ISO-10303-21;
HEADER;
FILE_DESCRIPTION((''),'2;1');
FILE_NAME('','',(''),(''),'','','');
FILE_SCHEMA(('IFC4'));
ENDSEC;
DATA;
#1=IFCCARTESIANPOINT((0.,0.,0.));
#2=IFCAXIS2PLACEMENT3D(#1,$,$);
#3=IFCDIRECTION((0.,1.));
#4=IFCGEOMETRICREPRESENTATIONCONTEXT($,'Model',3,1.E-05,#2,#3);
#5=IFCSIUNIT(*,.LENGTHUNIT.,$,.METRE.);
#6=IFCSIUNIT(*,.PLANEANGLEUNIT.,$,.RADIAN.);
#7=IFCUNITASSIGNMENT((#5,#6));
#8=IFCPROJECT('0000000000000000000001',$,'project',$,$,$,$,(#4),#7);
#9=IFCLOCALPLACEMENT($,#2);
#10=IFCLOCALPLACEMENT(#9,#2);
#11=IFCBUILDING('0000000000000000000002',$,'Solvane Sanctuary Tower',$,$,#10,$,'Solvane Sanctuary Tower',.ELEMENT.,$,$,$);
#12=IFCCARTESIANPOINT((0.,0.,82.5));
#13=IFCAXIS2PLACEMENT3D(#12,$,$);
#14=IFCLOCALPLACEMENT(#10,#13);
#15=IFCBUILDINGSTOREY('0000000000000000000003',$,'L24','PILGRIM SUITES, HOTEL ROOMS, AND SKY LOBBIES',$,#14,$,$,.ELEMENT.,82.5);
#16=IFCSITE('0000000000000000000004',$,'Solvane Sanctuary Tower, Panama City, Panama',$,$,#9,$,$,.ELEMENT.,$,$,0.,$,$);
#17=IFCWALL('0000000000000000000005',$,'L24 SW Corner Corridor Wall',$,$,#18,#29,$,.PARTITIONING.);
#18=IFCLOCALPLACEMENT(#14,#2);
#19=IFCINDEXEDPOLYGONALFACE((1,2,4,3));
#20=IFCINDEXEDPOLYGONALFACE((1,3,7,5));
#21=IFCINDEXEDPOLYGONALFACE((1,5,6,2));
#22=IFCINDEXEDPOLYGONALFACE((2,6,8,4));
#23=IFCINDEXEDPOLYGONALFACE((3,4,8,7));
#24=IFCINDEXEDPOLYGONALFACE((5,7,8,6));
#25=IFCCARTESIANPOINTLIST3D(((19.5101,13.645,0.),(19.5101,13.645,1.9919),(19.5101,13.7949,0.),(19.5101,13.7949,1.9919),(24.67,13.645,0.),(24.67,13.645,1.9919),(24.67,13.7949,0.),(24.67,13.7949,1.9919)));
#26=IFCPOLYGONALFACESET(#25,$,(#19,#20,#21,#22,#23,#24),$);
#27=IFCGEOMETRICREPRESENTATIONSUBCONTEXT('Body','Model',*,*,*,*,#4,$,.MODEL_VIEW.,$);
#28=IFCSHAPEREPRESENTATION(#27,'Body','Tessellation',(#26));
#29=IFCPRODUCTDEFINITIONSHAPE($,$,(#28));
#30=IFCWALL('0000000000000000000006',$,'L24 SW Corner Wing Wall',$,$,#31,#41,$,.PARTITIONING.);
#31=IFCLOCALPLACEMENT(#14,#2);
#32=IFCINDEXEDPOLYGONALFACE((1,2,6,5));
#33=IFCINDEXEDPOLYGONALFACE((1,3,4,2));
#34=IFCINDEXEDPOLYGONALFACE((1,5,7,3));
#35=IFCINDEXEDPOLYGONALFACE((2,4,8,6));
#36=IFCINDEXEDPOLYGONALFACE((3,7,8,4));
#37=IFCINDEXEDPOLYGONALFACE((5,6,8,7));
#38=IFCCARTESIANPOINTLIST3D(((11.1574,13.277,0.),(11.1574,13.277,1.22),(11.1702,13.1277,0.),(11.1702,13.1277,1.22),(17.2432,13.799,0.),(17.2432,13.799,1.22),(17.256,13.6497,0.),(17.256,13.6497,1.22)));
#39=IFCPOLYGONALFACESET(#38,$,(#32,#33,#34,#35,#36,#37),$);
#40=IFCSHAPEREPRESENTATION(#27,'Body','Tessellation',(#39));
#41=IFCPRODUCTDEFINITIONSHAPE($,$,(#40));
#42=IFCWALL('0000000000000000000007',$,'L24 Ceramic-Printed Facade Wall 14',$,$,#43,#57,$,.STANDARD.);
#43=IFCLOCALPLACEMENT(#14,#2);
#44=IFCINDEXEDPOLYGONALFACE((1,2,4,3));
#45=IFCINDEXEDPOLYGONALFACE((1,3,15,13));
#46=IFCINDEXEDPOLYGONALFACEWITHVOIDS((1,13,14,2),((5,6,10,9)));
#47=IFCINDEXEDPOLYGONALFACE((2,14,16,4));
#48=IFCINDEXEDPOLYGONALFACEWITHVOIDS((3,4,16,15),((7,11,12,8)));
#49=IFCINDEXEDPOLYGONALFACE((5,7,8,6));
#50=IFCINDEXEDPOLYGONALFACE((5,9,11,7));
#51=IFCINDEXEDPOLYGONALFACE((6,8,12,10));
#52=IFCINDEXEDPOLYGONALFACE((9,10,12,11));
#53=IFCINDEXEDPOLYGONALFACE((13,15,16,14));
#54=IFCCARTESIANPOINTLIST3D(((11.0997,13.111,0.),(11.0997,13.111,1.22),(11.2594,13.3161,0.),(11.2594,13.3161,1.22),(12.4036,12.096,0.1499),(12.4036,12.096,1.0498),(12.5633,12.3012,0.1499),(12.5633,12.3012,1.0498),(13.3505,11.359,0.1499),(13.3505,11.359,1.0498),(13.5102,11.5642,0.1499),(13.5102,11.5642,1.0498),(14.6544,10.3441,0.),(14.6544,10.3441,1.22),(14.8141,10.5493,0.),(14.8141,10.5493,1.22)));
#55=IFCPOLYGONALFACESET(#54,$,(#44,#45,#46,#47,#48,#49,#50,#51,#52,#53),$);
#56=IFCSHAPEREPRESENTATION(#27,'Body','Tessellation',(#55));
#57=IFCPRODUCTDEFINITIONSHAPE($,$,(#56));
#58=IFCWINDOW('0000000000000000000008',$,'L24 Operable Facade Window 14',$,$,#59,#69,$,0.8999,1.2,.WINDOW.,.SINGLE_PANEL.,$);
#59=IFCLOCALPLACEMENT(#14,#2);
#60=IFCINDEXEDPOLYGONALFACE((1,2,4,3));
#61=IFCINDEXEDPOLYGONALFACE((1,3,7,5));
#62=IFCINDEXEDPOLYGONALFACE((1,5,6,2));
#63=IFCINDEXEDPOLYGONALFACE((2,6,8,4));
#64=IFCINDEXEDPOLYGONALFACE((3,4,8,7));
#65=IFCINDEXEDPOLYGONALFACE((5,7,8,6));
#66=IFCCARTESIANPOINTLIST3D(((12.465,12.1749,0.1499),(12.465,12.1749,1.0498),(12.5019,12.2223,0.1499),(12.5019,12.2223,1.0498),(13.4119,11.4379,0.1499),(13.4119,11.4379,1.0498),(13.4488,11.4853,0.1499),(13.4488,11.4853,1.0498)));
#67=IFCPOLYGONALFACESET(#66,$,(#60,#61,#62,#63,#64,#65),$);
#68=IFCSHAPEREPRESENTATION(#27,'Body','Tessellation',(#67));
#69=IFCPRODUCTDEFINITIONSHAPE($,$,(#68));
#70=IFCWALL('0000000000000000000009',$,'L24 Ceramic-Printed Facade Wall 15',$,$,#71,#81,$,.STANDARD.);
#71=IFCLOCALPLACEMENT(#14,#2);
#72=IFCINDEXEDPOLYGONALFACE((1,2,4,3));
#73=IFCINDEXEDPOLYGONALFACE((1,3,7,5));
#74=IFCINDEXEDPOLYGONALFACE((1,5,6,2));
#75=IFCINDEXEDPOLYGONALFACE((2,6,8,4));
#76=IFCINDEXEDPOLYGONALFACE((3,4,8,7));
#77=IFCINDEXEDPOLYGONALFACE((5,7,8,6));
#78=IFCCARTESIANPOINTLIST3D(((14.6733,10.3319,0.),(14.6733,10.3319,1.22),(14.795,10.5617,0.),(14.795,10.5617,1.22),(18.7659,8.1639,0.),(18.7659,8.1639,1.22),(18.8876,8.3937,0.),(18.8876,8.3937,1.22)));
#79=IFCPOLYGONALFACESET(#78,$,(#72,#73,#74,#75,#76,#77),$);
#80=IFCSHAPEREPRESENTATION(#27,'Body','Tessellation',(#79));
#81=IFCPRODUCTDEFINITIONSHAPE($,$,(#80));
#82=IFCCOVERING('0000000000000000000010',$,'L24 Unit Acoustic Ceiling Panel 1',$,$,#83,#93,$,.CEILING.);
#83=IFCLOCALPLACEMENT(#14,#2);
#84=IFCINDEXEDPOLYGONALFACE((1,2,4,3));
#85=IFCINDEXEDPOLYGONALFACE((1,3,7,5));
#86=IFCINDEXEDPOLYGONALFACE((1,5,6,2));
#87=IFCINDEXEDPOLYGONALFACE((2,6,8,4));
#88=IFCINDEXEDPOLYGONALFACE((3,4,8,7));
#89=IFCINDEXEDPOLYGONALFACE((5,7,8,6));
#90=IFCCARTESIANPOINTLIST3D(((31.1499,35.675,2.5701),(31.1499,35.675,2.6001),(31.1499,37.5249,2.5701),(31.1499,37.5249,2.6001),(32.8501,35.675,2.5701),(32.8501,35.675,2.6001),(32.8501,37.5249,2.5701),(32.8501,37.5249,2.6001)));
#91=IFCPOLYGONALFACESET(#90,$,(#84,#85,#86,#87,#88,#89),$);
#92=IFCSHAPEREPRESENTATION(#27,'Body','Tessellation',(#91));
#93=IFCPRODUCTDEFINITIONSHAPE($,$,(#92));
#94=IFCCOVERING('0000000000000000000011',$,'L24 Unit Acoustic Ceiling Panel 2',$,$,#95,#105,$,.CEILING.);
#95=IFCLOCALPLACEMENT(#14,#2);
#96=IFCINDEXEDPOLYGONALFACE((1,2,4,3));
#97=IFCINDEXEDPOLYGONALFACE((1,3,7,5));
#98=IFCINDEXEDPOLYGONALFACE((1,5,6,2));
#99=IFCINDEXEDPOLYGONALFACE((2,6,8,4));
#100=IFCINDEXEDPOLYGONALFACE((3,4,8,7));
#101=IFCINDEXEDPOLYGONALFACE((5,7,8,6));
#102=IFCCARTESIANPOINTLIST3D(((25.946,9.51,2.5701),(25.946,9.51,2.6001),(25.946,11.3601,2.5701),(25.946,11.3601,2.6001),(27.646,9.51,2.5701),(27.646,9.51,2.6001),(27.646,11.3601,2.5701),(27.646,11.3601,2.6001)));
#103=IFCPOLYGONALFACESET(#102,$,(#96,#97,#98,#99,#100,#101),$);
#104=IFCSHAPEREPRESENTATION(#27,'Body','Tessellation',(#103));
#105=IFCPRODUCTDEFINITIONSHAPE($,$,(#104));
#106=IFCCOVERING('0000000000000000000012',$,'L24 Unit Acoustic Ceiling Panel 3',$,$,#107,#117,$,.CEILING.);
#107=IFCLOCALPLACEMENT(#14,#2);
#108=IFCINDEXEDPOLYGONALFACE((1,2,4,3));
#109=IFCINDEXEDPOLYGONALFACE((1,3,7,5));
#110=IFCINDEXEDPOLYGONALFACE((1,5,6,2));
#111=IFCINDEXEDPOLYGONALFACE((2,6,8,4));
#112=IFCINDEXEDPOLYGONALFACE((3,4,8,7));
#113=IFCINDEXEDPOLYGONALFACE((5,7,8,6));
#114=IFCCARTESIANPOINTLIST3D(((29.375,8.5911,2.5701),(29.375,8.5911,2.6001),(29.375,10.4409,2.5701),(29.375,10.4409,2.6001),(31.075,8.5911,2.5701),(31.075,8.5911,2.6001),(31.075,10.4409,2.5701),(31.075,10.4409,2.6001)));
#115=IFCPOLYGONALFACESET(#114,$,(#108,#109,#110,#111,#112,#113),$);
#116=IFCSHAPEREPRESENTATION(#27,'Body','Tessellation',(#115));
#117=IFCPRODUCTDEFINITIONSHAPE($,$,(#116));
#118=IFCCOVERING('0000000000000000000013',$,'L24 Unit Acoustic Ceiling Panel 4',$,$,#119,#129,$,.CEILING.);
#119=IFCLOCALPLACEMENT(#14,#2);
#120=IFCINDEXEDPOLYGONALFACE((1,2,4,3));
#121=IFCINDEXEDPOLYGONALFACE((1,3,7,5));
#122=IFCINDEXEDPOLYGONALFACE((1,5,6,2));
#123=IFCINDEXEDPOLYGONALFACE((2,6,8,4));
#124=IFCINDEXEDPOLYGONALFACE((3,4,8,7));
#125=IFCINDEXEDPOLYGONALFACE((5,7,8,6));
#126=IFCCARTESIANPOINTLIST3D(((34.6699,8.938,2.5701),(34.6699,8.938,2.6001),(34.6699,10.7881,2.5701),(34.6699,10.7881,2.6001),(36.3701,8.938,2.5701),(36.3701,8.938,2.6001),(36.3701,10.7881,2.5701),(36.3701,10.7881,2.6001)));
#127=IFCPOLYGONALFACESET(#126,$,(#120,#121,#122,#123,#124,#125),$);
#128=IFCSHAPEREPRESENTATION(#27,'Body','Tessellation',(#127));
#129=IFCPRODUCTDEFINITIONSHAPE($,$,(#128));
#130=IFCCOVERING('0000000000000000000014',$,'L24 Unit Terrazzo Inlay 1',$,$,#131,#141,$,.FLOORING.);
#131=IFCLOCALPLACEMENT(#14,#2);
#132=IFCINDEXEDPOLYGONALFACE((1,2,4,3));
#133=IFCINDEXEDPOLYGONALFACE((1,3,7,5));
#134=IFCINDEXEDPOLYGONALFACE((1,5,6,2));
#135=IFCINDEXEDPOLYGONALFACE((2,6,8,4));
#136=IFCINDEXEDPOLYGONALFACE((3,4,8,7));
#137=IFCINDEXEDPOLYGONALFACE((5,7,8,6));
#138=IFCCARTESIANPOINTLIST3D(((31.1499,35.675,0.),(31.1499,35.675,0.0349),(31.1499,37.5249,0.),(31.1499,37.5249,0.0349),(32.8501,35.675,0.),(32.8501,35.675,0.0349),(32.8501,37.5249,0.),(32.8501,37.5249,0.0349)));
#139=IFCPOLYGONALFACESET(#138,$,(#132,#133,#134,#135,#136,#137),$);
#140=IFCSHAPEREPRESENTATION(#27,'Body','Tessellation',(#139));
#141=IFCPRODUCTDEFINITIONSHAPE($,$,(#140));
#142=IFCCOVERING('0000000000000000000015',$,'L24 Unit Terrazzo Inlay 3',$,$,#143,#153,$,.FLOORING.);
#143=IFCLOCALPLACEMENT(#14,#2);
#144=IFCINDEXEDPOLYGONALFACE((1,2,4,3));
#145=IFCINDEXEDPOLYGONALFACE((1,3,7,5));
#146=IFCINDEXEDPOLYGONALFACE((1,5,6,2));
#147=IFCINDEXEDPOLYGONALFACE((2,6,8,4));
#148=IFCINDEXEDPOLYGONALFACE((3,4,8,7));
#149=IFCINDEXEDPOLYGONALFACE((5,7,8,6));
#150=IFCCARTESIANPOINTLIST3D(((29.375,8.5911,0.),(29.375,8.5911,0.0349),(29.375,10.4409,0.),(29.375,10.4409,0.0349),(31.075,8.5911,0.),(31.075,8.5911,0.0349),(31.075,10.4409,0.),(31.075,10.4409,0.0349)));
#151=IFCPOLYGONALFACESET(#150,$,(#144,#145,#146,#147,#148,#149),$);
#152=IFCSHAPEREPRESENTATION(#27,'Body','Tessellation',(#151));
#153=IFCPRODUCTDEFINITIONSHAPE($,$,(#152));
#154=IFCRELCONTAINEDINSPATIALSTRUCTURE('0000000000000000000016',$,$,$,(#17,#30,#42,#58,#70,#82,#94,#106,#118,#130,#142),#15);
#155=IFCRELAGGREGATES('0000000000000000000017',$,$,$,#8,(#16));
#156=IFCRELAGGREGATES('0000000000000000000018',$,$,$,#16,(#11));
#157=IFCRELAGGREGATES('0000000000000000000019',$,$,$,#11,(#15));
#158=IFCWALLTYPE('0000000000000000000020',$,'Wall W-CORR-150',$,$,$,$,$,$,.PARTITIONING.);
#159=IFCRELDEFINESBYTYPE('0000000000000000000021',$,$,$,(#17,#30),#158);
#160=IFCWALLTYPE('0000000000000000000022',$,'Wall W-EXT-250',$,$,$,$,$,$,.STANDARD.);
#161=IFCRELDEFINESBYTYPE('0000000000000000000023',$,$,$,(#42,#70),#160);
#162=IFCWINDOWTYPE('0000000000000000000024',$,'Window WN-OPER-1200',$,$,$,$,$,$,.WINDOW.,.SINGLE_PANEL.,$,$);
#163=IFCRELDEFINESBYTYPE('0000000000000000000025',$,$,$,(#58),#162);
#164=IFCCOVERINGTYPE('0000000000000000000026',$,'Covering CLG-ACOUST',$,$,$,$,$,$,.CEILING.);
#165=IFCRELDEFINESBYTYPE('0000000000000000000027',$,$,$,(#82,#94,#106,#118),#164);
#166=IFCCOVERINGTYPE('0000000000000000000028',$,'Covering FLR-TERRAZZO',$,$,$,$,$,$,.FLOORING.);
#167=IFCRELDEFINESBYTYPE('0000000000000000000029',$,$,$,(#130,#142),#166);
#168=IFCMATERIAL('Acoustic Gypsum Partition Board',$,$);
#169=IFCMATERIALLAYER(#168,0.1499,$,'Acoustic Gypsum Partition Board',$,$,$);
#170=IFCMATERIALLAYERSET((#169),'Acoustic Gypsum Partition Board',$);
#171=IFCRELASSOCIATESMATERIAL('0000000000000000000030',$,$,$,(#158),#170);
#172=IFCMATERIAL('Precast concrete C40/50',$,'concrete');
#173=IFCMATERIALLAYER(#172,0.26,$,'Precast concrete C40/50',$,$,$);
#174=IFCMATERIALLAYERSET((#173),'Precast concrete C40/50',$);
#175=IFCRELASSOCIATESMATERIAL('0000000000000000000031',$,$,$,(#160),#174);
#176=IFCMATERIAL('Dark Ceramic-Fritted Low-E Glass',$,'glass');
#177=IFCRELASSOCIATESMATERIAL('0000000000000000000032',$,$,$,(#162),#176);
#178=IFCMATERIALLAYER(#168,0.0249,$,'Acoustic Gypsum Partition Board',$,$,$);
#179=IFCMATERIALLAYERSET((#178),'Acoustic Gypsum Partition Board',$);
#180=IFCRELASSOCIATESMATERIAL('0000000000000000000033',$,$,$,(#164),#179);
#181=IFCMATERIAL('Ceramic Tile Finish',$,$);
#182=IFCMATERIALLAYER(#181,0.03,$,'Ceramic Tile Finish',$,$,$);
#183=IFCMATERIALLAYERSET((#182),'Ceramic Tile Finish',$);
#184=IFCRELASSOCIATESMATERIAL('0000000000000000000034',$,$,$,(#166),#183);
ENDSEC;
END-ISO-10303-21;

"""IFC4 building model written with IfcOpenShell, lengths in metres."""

from ifc_helpers import new_model, si_unit, direction, frame, frame_2d, origin, place, context, subcontext, project, spatial, polyline, rectangle, outline, extrude, material, layer, layer_set, type_object, element, fill, save


model = new_model("IFC4")

# Units and contexts
model_context = context("Model", 3, precision=1e-05, world=origin(), true_north=direction((0.0, 1.0)))
body_context = subcontext(model_context, "Body", "Model", "MODEL_VIEW")
ifc_project = project(units=[si_unit("LENGTHUNIT", "METRE"), si_unit("PLANEANGLEUNIT", "RADIAN")], contexts=[model_context])

# Site, building, storey
site_placement = place(None, origin())
site = spatial("IfcSite", under=ifc_project, at=site_placement, Name="Solvane Sanctuary Tower, Panama City, Panama", CompositionType="ELEMENT", RefElevation=0.0)
building_placement = place(site_placement, origin())
building = spatial("IfcBuilding", under=site, at=building_placement, Name="Solvane Sanctuary Tower", LongName="Solvane Sanctuary Tower", CompositionType="ELEMENT")
storey_placement = place(building_placement, frame((0.0, 0.0, 82.5)))
storey = spatial("IfcBuildingStorey", under=building, at=storey_placement, Name="L24", Description="PILGRIM SUITES, HOTEL ROOMS, AND SKY LOBBIES", CompositionType="ELEMENT", Elevation=82.5)

# Shared definitions
ifc_material_1 = material(Name="Acoustic Gypsum Partition Board")
ifc_layer_1 = layer(ifc_material_1, 0.1499, Name="Acoustic Gypsum Partition Board")
ifc_layer_set_1 = layer_set([ifc_layer_1], Name="Acoustic Gypsum Partition Board")
wall_type_1 = type_object("IfcWallType", Name="Wall W-CORR-150", PredefinedType="PARTITIONING", material=ifc_layer_set_1)

# Walls
wall_1_placement = place(storey_placement, frame((19.51, 13.72, 0.0), z_axis=(0.0, 0.0, 1.0), x_axis=(1.0, 0.0, 0.0)))
element("IfcWall", 1, at=wall_1_placement, inside=storey, type_object=wall_type_1, Name="L24 SW Corner Corridor Wall", PredefinedType="PARTITIONING", context=body_context, shape_type="SweptSolid", body=[
    extrude(rectangle(XDim=5.1599, YDim=0.1499, at=frame_2d((2.5801, 0.0))), origin(), (0.0, 0.0, 1.0), 1.9919),
])
wall_2_placement = place(storey_placement, frame((17.2498, 13.7244, 0.0), z_axis=(0.0, 0.0, 1.0), x_axis=(-0.996342, -0.085457, 0.0)))
element("IfcWall", 2, at=wall_2_placement, inside=storey, type_object=wall_type_1, Name="L24 SW Corner Wing Wall", PredefinedType="PARTITIONING", context=body_context, shape_type="SweptSolid", body=[
    extrude(rectangle(XDim=6.1082, YDim=0.1499, at=frame_2d((3.0542, 0.0))), origin(), (0.0, 0.0, 1.0), 1.22),
])

# Wall, opening, window
ifc_material_2 = material(Name="Precast concrete C40/50", Category="concrete")
ifc_layer_2 = layer(ifc_material_2, 0.26, Name="Precast concrete C40/50")
ifc_layer_set_2 = layer_set([ifc_layer_2], Name="Precast concrete C40/50")
wall_type_2 = type_object("IfcWallType", Name="Wall W-EXT-250", PredefinedType="STANDARD", material=ifc_layer_set_2)
wall_3_placement = place(storey_placement, frame((11.1794, 13.2136, 0.0), z_axis=(0.0, 0.0, 1.0), x_axis=(0.789127, -0.614229, 0.0)))
wall_3 = element("IfcWall", 3, at=wall_3_placement, inside=storey, type_object=wall_type_2, Name="L24 Ceramic-Printed Facade Wall 14", PredefinedType="STANDARD", context=body_context, shape_type="SweptSolid", body=[
    extrude(rectangle(XDim=4.5046, YDim=0.26, at=frame_2d((2.2524, 0.0))), origin(), (0.0, 0.0, 1.0), 1.22),
])
opening_1_placement = place(wall_3_placement, frame((1.6523, 0.0, 0.1499)))
opening_1 = element("IfcOpeningElement", 4, at=opening_1_placement, cuts=wall_3, PredefinedType="OPENING", context=body_context, shape_type="SweptSolid", body=[
    extrude(rectangle(XDim=1.2, YDim=0.8999, at=frame_2d((0.6001, 0.45))), frame((0.0, 0.1399, 0.0), z_axis=(0.0, -1.0, 0.0), x_axis=(1.0, 0.0, 0.0)), (0.0, 0.0, 1.0), 0.28),
])
ifc_material_3 = material(Name="Dark Ceramic-Fritted Low-E Glass", Category="glass")
window_type = type_object("IfcWindowType", Name="Window WN-OPER-1200", PartitioningType="SINGLE_PANEL", PredefinedType="WINDOW", material=ifc_material_3)
window_placement = place(opening_1_placement, origin())
window = element("IfcWindow", 5, at=window_placement, inside=storey, type_object=window_type, Name="L24 Operable Facade Window 14", OverallHeight=0.8999, OverallWidth=1.2, PartitioningType="SINGLE_PANEL", PredefinedType="WINDOW", context=body_context, shape_type="SweptSolid", body=[
    extrude(rectangle(XDim=1.2, YDim=0.8999, at=frame_2d((0.6001, 0.45))), frame((0.0, 0.03, 0.0), z_axis=(0.0, -1.0, 0.0), x_axis=(1.0, 0.0, 0.0)), (0.0, 0.0, 1.0), 0.0601),
])
fill(opening_1, window)

# Wall
wall_4_placement = place(storey_placement, frame((14.7341, 10.4468, 0.0), z_axis=(0.0, 0.0, 1.0), x_axis=(0.883669, -0.468113, 0.0)))
element("IfcWall", 6, at=wall_4_placement, inside=storey, type_object=wall_type_2, Name="L24 Ceramic-Printed Facade Wall 15", PredefinedType="STANDARD", context=body_context, shape_type="SweptSolid", body=[
    extrude(rectangle(XDim=4.6313, YDim=0.26, at=frame_2d((2.3157, 0.0))), origin(), (0.0, 0.0, 1.0), 1.22),
])

# Coverings
ifc_layer_3 = layer(ifc_material_1, 0.0249, Name="Acoustic Gypsum Partition Board")
ifc_layer_set_3 = layer_set([ifc_layer_3], Name="Acoustic Gypsum Partition Board")
covering_type_1 = type_object("IfcCoveringType", Name="Covering CLG-ACOUST", PredefinedType="CEILING", material=ifc_layer_set_3)
covering_1_placement = place(storey_placement, frame((0.0, 0.0, 2.5701)))
element("IfcCovering", 7, at=covering_1_placement, inside=storey, type_object=covering_type_1, Name="L24 Unit Acoustic Ceiling Panel 1", PredefinedType="CEILING", context=body_context, shape_type="SweptSolid", body=[
    extrude(outline(polyline([(31.1499, 35.675), (32.8501, 35.675), (32.8501, 37.5249), (31.1499, 37.5249), (31.1499, 35.675)])), origin(), (0.0, 0.0, 1.0), 0.03),
])
covering_2_placement = place(storey_placement, frame((0.0, 0.0, 2.5701)))
element("IfcCovering", 8, at=covering_2_placement, inside=storey, type_object=covering_type_1, Name="L24 Unit Acoustic Ceiling Panel 2", PredefinedType="CEILING", context=body_context, shape_type="SweptSolid", body=[
    extrude(outline(polyline([(25.946, 9.51), (27.646, 9.51), (27.646, 11.3601), (25.946, 11.3601), (25.946, 9.51)])), origin(), (0.0, 0.0, 1.0), 0.03),
])
covering_3_placement = place(storey_placement, frame((0.0, 0.0, 2.5701)))
element("IfcCovering", 9, at=covering_3_placement, inside=storey, type_object=covering_type_1, Name="L24 Unit Acoustic Ceiling Panel 3", PredefinedType="CEILING", context=body_context, shape_type="SweptSolid", body=[
    extrude(outline(polyline([(29.375, 8.5911), (31.075, 8.5911), (31.075, 10.4409), (29.375, 10.4409), (29.375, 8.5911)])), origin(), (0.0, 0.0, 1.0), 0.03),
])
covering_4_placement = place(storey_placement, frame((0.0, 0.0, 2.5701)))
element("IfcCovering", 10, at=covering_4_placement, inside=storey, type_object=covering_type_1, Name="L24 Unit Acoustic Ceiling Panel 4", PredefinedType="CEILING", context=body_context, shape_type="SweptSolid", body=[
    extrude(outline(polyline([(34.6699, 8.938), (36.3701, 8.938), (36.3701, 10.7881), (34.6699, 10.7881), (34.6699, 8.938)])), origin(), (0.0, 0.0, 1.0), 0.03),
])
ifc_material_4 = material(Name="Ceramic Tile Finish")
ifc_layer_4 = layer(ifc_material_4, 0.03, Name="Ceramic Tile Finish")
ifc_layer_set_4 = layer_set([ifc_layer_4], Name="Ceramic Tile Finish")
covering_type_2 = type_object("IfcCoveringType", Name="Covering FLR-TERRAZZO", PredefinedType="FLOORING", material=ifc_layer_set_4)
covering_5_placement = place(storey_placement, origin())
element("IfcCovering", 11, at=covering_5_placement, inside=storey, type_object=covering_type_2, Name="L24 Unit Terrazzo Inlay 1", PredefinedType="FLOORING", context=body_context, shape_type="SweptSolid", body=[
    extrude(outline(polyline([(31.1499, 35.675), (32.8501, 35.675), (32.8501, 37.5249), (31.1499, 37.5249), (31.1499, 35.675)])), origin(), (0.0, 0.0, 1.0), 0.0349),
])
covering_6_placement = place(storey_placement, origin())
element("IfcCovering", 12, at=covering_6_placement, inside=storey, type_object=covering_type_2, Name="L24 Unit Terrazzo Inlay 3", PredefinedType="FLOORING", context=body_context, shape_type="SweptSolid", body=[
    extrude(outline(polyline([(29.375, 8.5911), (31.075, 8.5911), (31.075, 10.4409), (29.375, 10.4409), (29.375, 8.5911)])), origin(), (0.0, 0.0, 1.0), 0.0349),
])

save(model, "model.ifc")
